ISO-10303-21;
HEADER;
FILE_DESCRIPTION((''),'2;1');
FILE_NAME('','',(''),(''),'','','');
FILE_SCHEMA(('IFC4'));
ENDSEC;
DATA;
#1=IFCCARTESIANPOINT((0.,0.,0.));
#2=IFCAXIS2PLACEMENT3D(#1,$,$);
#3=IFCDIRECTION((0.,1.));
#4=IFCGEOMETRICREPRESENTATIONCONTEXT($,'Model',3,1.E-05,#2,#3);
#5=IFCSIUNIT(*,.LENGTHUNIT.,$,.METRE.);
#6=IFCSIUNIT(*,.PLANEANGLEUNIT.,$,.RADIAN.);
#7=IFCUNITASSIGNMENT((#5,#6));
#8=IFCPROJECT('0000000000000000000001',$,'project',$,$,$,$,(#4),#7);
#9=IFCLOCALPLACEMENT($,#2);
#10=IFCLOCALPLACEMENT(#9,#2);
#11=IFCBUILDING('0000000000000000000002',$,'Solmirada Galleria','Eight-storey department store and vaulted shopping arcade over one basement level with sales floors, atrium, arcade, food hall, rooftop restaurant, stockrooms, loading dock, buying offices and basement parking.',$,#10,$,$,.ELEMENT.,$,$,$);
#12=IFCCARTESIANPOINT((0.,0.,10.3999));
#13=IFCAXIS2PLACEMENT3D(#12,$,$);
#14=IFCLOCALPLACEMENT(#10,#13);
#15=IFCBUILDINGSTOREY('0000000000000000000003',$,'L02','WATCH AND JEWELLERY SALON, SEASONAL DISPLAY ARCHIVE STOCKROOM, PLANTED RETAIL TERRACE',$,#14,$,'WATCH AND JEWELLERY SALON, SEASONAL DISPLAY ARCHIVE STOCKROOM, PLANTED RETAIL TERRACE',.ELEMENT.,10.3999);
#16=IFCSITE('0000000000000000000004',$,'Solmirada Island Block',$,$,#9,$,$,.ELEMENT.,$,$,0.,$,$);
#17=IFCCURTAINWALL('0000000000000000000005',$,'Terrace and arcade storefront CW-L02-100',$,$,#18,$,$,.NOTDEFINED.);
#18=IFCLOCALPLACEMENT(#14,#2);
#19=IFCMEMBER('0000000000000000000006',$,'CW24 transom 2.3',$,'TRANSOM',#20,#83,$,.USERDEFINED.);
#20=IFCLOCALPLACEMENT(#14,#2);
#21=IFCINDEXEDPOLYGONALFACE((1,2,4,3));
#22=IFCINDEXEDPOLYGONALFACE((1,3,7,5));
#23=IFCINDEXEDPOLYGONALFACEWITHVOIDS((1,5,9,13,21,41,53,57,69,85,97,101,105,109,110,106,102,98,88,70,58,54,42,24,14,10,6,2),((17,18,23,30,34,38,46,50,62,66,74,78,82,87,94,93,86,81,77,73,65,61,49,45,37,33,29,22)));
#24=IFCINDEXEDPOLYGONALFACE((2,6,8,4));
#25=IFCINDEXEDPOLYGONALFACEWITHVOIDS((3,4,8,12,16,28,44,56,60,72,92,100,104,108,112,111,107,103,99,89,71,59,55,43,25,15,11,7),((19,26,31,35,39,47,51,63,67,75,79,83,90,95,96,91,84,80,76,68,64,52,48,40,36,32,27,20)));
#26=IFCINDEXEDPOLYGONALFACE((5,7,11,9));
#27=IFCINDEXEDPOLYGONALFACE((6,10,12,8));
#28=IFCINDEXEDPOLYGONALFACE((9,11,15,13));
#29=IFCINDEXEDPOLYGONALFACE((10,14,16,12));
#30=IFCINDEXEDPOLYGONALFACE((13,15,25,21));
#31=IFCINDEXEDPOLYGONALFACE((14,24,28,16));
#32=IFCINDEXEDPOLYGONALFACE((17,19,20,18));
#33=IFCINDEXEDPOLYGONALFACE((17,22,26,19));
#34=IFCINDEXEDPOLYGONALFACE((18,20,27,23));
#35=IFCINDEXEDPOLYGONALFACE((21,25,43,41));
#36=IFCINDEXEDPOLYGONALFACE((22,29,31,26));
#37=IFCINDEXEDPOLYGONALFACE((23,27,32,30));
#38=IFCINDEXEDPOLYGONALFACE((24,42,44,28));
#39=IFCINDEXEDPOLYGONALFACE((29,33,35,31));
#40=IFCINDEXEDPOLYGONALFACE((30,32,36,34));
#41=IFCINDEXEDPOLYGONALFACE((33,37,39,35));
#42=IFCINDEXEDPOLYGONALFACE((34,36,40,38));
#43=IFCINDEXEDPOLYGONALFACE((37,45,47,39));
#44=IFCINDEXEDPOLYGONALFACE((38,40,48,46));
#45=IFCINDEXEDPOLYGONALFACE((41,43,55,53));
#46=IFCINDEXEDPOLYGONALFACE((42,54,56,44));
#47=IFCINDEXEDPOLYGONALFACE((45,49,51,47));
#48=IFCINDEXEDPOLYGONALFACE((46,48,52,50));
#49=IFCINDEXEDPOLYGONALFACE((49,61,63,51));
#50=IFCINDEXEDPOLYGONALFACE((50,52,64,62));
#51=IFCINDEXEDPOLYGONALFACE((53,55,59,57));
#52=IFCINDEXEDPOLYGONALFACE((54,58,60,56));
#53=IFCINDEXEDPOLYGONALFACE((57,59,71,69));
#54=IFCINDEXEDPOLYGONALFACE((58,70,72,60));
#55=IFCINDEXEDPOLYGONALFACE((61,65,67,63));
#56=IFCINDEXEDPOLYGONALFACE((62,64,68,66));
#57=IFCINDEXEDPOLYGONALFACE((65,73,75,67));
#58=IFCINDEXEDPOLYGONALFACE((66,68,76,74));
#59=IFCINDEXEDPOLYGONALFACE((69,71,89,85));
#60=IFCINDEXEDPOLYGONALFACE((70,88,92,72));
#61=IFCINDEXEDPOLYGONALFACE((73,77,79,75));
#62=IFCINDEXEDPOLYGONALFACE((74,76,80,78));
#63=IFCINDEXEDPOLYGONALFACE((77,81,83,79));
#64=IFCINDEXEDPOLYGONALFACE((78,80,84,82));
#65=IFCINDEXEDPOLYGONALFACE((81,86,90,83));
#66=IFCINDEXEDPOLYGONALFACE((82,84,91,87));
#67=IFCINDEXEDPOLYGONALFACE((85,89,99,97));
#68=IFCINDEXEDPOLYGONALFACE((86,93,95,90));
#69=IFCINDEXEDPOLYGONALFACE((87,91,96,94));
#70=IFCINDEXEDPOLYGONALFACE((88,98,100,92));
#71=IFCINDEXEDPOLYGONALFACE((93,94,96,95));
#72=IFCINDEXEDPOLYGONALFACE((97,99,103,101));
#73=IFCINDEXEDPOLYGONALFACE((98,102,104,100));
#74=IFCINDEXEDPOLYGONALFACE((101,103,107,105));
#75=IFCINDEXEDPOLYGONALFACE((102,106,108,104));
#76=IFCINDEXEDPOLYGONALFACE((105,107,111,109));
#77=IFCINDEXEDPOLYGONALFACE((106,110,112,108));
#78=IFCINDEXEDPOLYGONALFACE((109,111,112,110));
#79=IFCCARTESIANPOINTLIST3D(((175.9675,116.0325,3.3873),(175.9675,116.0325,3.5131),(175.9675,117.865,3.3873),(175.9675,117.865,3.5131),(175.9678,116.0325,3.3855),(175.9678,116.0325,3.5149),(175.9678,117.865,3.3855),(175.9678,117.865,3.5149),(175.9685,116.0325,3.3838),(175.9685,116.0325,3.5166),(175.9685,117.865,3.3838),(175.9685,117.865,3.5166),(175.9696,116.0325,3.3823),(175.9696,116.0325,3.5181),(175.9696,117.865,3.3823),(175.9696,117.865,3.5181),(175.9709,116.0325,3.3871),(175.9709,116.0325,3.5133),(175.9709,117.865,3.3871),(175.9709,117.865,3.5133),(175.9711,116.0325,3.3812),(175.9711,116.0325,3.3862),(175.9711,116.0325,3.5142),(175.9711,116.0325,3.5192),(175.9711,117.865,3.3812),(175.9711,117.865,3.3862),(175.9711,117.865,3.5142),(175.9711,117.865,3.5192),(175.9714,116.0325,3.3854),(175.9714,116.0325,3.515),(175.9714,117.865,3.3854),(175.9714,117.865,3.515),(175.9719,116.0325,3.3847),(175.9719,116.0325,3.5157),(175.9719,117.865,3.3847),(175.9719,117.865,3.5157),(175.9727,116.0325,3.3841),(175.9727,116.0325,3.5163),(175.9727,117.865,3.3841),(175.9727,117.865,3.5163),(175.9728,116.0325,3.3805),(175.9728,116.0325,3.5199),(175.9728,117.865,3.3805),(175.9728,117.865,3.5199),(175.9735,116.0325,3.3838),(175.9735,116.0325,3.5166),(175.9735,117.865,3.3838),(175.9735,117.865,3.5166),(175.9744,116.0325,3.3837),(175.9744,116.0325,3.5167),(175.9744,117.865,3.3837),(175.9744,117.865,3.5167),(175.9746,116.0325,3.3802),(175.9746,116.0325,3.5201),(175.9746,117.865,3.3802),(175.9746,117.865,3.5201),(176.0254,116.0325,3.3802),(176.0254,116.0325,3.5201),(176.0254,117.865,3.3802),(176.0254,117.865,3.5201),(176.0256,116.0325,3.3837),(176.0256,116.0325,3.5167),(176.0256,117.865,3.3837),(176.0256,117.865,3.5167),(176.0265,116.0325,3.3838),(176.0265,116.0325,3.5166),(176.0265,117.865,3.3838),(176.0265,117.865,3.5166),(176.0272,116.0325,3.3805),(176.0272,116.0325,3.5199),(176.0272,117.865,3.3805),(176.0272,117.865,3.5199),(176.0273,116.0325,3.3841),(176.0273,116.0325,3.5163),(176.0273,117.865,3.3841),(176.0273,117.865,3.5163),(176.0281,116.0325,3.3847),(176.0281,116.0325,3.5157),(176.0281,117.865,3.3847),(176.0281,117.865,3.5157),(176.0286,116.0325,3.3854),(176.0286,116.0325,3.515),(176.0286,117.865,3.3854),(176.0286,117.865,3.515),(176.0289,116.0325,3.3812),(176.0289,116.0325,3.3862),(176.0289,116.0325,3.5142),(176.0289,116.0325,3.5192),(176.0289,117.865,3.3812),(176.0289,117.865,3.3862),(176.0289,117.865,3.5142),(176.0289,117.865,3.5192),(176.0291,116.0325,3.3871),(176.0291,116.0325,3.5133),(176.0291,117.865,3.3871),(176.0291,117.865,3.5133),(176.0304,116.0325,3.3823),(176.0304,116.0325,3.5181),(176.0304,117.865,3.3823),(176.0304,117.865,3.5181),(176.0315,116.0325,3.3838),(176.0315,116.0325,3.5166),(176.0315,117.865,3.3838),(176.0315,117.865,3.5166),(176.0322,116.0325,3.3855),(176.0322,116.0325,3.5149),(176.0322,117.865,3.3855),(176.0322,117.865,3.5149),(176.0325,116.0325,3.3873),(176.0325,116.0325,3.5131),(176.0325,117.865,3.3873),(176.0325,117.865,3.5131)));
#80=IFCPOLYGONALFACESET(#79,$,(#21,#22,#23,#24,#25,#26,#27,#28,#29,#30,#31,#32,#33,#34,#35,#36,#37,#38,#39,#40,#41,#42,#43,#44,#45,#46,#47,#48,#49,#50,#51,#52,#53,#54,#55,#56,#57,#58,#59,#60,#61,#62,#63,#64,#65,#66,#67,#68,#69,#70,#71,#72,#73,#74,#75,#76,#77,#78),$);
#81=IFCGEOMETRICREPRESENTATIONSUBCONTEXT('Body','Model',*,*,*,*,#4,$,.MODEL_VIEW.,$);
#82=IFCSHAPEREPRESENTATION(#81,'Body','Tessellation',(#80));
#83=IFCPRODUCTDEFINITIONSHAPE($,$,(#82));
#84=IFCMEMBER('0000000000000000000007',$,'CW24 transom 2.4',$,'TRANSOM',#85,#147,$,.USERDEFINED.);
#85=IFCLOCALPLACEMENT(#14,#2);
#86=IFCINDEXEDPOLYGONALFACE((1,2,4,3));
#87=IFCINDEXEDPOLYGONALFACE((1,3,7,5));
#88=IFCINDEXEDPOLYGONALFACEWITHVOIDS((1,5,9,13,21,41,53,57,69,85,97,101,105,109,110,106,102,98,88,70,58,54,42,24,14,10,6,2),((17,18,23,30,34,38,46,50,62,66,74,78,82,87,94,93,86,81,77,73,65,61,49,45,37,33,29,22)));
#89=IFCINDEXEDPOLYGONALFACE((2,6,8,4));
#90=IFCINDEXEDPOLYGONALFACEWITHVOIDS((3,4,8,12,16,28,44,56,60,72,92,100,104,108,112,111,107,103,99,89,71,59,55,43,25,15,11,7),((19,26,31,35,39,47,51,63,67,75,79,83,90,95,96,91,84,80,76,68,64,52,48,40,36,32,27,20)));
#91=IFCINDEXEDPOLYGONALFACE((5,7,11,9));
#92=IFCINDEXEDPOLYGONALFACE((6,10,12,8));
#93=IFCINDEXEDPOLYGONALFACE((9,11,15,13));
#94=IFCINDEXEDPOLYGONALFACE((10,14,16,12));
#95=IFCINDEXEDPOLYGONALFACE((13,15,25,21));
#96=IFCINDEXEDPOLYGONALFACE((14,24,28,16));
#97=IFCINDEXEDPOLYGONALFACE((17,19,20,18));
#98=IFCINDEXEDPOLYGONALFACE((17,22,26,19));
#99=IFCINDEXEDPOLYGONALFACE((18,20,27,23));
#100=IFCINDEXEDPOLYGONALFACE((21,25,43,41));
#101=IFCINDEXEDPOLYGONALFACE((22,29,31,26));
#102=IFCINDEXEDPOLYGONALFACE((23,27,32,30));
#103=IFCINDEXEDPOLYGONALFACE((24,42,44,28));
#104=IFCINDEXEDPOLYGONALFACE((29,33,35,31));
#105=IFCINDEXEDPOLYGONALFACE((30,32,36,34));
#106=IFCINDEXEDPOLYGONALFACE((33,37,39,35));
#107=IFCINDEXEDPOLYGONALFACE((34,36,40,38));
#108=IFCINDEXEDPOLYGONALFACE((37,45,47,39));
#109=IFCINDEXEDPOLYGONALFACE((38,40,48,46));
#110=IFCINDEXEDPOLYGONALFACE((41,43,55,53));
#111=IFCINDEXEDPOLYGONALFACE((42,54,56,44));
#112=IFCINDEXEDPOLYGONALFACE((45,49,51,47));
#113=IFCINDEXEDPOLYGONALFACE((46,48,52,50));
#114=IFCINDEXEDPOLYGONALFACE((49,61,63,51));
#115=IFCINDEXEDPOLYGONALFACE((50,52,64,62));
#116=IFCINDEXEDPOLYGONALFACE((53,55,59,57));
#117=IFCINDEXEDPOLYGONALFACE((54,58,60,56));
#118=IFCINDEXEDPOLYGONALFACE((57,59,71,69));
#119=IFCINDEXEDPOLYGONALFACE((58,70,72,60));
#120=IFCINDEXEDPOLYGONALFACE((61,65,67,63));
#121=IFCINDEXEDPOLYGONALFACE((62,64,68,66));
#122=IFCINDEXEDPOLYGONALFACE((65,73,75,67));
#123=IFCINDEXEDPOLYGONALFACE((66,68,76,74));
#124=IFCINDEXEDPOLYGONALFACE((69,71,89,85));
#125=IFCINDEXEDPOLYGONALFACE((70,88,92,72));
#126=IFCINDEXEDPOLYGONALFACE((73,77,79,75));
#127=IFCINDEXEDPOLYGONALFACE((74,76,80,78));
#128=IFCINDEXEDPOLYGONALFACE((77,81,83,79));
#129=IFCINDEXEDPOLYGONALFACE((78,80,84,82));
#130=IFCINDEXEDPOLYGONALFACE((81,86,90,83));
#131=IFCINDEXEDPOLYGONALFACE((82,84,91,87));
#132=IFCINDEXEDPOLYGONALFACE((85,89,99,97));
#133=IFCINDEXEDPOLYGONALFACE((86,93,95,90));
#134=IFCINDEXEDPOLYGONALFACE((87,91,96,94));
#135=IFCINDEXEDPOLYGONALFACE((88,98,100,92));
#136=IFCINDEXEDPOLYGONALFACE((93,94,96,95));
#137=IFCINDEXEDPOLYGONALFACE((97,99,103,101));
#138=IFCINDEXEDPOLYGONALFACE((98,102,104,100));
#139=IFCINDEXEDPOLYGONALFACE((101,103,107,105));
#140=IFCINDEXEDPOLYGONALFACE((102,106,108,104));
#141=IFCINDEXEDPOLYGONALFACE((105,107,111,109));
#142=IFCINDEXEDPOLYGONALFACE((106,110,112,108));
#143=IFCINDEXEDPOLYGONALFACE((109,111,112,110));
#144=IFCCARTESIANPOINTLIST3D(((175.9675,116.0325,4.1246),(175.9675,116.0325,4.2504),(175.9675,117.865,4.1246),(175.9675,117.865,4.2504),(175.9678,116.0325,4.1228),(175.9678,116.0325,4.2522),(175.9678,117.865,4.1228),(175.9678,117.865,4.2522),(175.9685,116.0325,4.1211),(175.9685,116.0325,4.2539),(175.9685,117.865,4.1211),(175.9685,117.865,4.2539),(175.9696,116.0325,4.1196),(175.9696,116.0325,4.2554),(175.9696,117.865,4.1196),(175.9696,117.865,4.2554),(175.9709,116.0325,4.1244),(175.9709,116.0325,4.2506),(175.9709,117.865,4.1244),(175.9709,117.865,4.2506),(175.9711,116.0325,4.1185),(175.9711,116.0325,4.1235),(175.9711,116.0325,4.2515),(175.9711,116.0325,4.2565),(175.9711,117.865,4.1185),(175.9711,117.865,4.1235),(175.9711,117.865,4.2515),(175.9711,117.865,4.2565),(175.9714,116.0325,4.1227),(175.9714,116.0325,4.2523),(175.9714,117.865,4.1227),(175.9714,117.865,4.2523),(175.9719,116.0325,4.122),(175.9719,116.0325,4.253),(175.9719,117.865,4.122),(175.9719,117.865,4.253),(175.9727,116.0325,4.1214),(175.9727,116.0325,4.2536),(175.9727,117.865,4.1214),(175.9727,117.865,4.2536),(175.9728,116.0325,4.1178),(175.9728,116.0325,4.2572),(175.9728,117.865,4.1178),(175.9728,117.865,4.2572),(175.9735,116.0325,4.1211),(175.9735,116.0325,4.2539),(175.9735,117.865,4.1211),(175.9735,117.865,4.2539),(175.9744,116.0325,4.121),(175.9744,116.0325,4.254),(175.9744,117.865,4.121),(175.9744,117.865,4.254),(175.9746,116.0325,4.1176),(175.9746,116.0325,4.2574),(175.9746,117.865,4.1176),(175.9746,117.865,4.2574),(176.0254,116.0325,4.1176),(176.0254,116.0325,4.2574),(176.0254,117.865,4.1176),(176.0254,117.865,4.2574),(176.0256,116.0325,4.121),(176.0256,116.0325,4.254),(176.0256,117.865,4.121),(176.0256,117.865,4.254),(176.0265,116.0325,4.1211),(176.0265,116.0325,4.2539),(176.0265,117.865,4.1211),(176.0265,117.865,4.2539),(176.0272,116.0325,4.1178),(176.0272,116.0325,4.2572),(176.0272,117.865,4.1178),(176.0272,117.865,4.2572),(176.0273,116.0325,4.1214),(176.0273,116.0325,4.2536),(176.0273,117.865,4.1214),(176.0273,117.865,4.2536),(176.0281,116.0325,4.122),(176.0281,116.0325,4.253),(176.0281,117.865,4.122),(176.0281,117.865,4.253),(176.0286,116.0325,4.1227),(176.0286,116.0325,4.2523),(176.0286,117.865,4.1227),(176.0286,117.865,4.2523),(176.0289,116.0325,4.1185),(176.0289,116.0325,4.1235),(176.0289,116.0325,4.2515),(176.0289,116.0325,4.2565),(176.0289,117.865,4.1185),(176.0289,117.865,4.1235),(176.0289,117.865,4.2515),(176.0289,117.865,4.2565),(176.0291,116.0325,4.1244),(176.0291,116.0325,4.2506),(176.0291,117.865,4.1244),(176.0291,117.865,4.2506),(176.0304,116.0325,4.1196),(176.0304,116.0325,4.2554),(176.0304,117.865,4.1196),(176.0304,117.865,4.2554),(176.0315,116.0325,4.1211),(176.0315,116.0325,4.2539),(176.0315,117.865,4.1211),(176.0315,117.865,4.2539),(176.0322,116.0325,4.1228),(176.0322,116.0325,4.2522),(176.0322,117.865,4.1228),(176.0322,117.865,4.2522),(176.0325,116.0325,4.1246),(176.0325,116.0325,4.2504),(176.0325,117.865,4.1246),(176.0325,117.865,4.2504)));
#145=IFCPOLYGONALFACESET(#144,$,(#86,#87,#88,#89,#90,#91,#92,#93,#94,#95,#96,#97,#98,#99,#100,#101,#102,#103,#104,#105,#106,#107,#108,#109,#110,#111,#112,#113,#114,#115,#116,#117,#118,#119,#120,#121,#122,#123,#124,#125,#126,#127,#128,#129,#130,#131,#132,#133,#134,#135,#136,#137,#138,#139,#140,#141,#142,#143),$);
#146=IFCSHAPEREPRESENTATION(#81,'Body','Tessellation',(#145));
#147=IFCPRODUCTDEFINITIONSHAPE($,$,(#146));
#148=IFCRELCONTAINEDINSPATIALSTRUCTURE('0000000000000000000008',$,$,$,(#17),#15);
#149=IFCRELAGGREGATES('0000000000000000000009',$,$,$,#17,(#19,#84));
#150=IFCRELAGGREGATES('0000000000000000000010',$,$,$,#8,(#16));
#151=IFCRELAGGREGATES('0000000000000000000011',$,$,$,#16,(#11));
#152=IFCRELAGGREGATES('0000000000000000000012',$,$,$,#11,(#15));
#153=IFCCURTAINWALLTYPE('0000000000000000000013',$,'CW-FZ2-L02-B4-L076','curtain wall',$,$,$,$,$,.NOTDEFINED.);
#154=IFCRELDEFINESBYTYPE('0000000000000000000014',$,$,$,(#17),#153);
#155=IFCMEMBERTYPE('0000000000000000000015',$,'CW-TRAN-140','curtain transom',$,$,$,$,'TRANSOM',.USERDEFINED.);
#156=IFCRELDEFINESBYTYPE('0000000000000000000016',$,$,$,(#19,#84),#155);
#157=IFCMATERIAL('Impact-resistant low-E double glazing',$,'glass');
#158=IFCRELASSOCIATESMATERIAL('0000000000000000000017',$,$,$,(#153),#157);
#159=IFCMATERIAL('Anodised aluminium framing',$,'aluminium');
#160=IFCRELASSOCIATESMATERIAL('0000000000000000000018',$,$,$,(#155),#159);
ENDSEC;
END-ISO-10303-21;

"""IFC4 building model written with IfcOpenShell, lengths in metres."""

from ifc_helpers import new_model, si_unit, direction, frame, origin, origin_2d, place, context, subcontext, project, spatial, hollow_rectangle, extrude, material, material_profile, profile_set, type_object, element, aggregate, save


model = new_model("IFC4")

# Units and contexts
model_context = context("Model", 3, precision=1e-05, world=origin(), true_north=direction((0.0, 1.0)))
body_context = subcontext(model_context, "Body", "Model", "MODEL_VIEW")
ifc_project = project(units=[si_unit("LENGTHUNIT", "METRE"), si_unit("PLANEANGLEUNIT", "RADIAN")], contexts=[model_context])

# Site, building, storey
site_placement = place(None, origin())
site = spatial("IfcSite", under=ifc_project, at=site_placement, Name="Solmirada Island Block", CompositionType="ELEMENT", RefElevation=0.0)
building_placement = place(site_placement, origin())
building = spatial("IfcBuilding", under=site, at=building_placement, Name="Solmirada Galleria", Description="Eight-storey department store and vaulted shopping arcade over one basement level with sales floors, atrium, arcade, food hall, rooftop restaurant, stockrooms, loading dock, buying offices and basement parking.", CompositionType="ELEMENT")
storey_placement = place(building_placement, frame((0.0, 0.0, 10.3999)))
storey = spatial("IfcBuildingStorey", under=building, at=storey_placement, Name="L02", Description="WATCH AND JEWELLERY SALON, SEASONAL DISPLAY ARCHIVE STOCKROOM, PLANTED RETAIL TERRACE", LongName="WATCH AND JEWELLERY SALON, SEASONAL DISPLAY ARCHIVE STOCKROOM, PLANTED RETAIL TERRACE", CompositionType="ELEMENT", Elevation=10.3999)

# Curtain wall, members
ifc_material_1 = material(Name="Impact-resistant low-E double glazing", Category="glass")
curtain_wall_type = type_object("IfcCurtainWallType", Name="CW-FZ2-L02-B4-L076", Description="curtain wall", PredefinedType="NOTDEFINED", material=ifc_material_1)
curtain_wall_placement = place(storey_placement, origin())
curtain_wall = element("IfcCurtainWall", 1, at=curtain_wall_placement, inside=storey, type_object=curtain_wall_type, Name="Terrace and arcade storefront CW-L02-100", PredefinedType="NOTDEFINED")
ifc_material_2 = material(Name="Anodised aluminium framing", Category="aluminium")
ifc_material_profile_1 = material_profile(ifc_material_2, hollow_rectangle(XDim=0.0649, YDim=0.1399, WallThickness=0.0034, InnerFilletRadius=0.0034, OuterFilletRadius=0.0071, at=origin_2d()), Name="ALU-TRAN-140X65")
ifc_profile_set_1 = profile_set([ifc_material_profile_1], Name="Anodised aluminium framing")
member_type_1 = type_object("IfcMemberType", Name="CW-TRAN-140", Description="curtain transom", ElementType="TRANSOM", PredefinedType="USERDEFINED", material=ifc_profile_set_1)
member_1_placement = place(storey_placement, frame((176.0, 117.865, 3.4502), z_axis=(0.0, -1.0, 0.0), x_axis=(1.0, 0.0, 0.0)))
member_1 = element("IfcMember", 2, at=member_1_placement, type_object=member_type_1, Name="CW24 transom 2.3", ObjectType="TRANSOM", PredefinedType="USERDEFINED", context=body_context, shape_type="SweptSolid", body=[
    extrude(hollow_rectangle(XDim=0.0649, YDim=0.1399, WallThickness=0.0034, InnerFilletRadius=0.0034, OuterFilletRadius=0.0071, at=origin_2d()), origin(), (0.0, 0.0, 1.0), 1.8325),
])
member_2_placement = place(storey_placement, frame((176.0, 117.865, 4.1875), z_axis=(0.0, -1.0, 0.0), x_axis=(1.0, 0.0, 0.0)))
member_2 = element("IfcMember", 3, at=member_2_placement, type_object=member_type_1, Name="CW24 transom 2.4", ObjectType="TRANSOM", PredefinedType="USERDEFINED", context=body_context, shape_type="SweptSolid", body=[
    extrude(hollow_rectangle(XDim=0.0649, YDim=0.1399, WallThickness=0.0034, InnerFilletRadius=0.0034, OuterFilletRadius=0.0071, at=origin_2d()), origin(), (0.0, 0.0, 1.0), 1.8325),
])
aggregate(curtain_wall, [member_1, member_2])

save(model, "model.ifc")
